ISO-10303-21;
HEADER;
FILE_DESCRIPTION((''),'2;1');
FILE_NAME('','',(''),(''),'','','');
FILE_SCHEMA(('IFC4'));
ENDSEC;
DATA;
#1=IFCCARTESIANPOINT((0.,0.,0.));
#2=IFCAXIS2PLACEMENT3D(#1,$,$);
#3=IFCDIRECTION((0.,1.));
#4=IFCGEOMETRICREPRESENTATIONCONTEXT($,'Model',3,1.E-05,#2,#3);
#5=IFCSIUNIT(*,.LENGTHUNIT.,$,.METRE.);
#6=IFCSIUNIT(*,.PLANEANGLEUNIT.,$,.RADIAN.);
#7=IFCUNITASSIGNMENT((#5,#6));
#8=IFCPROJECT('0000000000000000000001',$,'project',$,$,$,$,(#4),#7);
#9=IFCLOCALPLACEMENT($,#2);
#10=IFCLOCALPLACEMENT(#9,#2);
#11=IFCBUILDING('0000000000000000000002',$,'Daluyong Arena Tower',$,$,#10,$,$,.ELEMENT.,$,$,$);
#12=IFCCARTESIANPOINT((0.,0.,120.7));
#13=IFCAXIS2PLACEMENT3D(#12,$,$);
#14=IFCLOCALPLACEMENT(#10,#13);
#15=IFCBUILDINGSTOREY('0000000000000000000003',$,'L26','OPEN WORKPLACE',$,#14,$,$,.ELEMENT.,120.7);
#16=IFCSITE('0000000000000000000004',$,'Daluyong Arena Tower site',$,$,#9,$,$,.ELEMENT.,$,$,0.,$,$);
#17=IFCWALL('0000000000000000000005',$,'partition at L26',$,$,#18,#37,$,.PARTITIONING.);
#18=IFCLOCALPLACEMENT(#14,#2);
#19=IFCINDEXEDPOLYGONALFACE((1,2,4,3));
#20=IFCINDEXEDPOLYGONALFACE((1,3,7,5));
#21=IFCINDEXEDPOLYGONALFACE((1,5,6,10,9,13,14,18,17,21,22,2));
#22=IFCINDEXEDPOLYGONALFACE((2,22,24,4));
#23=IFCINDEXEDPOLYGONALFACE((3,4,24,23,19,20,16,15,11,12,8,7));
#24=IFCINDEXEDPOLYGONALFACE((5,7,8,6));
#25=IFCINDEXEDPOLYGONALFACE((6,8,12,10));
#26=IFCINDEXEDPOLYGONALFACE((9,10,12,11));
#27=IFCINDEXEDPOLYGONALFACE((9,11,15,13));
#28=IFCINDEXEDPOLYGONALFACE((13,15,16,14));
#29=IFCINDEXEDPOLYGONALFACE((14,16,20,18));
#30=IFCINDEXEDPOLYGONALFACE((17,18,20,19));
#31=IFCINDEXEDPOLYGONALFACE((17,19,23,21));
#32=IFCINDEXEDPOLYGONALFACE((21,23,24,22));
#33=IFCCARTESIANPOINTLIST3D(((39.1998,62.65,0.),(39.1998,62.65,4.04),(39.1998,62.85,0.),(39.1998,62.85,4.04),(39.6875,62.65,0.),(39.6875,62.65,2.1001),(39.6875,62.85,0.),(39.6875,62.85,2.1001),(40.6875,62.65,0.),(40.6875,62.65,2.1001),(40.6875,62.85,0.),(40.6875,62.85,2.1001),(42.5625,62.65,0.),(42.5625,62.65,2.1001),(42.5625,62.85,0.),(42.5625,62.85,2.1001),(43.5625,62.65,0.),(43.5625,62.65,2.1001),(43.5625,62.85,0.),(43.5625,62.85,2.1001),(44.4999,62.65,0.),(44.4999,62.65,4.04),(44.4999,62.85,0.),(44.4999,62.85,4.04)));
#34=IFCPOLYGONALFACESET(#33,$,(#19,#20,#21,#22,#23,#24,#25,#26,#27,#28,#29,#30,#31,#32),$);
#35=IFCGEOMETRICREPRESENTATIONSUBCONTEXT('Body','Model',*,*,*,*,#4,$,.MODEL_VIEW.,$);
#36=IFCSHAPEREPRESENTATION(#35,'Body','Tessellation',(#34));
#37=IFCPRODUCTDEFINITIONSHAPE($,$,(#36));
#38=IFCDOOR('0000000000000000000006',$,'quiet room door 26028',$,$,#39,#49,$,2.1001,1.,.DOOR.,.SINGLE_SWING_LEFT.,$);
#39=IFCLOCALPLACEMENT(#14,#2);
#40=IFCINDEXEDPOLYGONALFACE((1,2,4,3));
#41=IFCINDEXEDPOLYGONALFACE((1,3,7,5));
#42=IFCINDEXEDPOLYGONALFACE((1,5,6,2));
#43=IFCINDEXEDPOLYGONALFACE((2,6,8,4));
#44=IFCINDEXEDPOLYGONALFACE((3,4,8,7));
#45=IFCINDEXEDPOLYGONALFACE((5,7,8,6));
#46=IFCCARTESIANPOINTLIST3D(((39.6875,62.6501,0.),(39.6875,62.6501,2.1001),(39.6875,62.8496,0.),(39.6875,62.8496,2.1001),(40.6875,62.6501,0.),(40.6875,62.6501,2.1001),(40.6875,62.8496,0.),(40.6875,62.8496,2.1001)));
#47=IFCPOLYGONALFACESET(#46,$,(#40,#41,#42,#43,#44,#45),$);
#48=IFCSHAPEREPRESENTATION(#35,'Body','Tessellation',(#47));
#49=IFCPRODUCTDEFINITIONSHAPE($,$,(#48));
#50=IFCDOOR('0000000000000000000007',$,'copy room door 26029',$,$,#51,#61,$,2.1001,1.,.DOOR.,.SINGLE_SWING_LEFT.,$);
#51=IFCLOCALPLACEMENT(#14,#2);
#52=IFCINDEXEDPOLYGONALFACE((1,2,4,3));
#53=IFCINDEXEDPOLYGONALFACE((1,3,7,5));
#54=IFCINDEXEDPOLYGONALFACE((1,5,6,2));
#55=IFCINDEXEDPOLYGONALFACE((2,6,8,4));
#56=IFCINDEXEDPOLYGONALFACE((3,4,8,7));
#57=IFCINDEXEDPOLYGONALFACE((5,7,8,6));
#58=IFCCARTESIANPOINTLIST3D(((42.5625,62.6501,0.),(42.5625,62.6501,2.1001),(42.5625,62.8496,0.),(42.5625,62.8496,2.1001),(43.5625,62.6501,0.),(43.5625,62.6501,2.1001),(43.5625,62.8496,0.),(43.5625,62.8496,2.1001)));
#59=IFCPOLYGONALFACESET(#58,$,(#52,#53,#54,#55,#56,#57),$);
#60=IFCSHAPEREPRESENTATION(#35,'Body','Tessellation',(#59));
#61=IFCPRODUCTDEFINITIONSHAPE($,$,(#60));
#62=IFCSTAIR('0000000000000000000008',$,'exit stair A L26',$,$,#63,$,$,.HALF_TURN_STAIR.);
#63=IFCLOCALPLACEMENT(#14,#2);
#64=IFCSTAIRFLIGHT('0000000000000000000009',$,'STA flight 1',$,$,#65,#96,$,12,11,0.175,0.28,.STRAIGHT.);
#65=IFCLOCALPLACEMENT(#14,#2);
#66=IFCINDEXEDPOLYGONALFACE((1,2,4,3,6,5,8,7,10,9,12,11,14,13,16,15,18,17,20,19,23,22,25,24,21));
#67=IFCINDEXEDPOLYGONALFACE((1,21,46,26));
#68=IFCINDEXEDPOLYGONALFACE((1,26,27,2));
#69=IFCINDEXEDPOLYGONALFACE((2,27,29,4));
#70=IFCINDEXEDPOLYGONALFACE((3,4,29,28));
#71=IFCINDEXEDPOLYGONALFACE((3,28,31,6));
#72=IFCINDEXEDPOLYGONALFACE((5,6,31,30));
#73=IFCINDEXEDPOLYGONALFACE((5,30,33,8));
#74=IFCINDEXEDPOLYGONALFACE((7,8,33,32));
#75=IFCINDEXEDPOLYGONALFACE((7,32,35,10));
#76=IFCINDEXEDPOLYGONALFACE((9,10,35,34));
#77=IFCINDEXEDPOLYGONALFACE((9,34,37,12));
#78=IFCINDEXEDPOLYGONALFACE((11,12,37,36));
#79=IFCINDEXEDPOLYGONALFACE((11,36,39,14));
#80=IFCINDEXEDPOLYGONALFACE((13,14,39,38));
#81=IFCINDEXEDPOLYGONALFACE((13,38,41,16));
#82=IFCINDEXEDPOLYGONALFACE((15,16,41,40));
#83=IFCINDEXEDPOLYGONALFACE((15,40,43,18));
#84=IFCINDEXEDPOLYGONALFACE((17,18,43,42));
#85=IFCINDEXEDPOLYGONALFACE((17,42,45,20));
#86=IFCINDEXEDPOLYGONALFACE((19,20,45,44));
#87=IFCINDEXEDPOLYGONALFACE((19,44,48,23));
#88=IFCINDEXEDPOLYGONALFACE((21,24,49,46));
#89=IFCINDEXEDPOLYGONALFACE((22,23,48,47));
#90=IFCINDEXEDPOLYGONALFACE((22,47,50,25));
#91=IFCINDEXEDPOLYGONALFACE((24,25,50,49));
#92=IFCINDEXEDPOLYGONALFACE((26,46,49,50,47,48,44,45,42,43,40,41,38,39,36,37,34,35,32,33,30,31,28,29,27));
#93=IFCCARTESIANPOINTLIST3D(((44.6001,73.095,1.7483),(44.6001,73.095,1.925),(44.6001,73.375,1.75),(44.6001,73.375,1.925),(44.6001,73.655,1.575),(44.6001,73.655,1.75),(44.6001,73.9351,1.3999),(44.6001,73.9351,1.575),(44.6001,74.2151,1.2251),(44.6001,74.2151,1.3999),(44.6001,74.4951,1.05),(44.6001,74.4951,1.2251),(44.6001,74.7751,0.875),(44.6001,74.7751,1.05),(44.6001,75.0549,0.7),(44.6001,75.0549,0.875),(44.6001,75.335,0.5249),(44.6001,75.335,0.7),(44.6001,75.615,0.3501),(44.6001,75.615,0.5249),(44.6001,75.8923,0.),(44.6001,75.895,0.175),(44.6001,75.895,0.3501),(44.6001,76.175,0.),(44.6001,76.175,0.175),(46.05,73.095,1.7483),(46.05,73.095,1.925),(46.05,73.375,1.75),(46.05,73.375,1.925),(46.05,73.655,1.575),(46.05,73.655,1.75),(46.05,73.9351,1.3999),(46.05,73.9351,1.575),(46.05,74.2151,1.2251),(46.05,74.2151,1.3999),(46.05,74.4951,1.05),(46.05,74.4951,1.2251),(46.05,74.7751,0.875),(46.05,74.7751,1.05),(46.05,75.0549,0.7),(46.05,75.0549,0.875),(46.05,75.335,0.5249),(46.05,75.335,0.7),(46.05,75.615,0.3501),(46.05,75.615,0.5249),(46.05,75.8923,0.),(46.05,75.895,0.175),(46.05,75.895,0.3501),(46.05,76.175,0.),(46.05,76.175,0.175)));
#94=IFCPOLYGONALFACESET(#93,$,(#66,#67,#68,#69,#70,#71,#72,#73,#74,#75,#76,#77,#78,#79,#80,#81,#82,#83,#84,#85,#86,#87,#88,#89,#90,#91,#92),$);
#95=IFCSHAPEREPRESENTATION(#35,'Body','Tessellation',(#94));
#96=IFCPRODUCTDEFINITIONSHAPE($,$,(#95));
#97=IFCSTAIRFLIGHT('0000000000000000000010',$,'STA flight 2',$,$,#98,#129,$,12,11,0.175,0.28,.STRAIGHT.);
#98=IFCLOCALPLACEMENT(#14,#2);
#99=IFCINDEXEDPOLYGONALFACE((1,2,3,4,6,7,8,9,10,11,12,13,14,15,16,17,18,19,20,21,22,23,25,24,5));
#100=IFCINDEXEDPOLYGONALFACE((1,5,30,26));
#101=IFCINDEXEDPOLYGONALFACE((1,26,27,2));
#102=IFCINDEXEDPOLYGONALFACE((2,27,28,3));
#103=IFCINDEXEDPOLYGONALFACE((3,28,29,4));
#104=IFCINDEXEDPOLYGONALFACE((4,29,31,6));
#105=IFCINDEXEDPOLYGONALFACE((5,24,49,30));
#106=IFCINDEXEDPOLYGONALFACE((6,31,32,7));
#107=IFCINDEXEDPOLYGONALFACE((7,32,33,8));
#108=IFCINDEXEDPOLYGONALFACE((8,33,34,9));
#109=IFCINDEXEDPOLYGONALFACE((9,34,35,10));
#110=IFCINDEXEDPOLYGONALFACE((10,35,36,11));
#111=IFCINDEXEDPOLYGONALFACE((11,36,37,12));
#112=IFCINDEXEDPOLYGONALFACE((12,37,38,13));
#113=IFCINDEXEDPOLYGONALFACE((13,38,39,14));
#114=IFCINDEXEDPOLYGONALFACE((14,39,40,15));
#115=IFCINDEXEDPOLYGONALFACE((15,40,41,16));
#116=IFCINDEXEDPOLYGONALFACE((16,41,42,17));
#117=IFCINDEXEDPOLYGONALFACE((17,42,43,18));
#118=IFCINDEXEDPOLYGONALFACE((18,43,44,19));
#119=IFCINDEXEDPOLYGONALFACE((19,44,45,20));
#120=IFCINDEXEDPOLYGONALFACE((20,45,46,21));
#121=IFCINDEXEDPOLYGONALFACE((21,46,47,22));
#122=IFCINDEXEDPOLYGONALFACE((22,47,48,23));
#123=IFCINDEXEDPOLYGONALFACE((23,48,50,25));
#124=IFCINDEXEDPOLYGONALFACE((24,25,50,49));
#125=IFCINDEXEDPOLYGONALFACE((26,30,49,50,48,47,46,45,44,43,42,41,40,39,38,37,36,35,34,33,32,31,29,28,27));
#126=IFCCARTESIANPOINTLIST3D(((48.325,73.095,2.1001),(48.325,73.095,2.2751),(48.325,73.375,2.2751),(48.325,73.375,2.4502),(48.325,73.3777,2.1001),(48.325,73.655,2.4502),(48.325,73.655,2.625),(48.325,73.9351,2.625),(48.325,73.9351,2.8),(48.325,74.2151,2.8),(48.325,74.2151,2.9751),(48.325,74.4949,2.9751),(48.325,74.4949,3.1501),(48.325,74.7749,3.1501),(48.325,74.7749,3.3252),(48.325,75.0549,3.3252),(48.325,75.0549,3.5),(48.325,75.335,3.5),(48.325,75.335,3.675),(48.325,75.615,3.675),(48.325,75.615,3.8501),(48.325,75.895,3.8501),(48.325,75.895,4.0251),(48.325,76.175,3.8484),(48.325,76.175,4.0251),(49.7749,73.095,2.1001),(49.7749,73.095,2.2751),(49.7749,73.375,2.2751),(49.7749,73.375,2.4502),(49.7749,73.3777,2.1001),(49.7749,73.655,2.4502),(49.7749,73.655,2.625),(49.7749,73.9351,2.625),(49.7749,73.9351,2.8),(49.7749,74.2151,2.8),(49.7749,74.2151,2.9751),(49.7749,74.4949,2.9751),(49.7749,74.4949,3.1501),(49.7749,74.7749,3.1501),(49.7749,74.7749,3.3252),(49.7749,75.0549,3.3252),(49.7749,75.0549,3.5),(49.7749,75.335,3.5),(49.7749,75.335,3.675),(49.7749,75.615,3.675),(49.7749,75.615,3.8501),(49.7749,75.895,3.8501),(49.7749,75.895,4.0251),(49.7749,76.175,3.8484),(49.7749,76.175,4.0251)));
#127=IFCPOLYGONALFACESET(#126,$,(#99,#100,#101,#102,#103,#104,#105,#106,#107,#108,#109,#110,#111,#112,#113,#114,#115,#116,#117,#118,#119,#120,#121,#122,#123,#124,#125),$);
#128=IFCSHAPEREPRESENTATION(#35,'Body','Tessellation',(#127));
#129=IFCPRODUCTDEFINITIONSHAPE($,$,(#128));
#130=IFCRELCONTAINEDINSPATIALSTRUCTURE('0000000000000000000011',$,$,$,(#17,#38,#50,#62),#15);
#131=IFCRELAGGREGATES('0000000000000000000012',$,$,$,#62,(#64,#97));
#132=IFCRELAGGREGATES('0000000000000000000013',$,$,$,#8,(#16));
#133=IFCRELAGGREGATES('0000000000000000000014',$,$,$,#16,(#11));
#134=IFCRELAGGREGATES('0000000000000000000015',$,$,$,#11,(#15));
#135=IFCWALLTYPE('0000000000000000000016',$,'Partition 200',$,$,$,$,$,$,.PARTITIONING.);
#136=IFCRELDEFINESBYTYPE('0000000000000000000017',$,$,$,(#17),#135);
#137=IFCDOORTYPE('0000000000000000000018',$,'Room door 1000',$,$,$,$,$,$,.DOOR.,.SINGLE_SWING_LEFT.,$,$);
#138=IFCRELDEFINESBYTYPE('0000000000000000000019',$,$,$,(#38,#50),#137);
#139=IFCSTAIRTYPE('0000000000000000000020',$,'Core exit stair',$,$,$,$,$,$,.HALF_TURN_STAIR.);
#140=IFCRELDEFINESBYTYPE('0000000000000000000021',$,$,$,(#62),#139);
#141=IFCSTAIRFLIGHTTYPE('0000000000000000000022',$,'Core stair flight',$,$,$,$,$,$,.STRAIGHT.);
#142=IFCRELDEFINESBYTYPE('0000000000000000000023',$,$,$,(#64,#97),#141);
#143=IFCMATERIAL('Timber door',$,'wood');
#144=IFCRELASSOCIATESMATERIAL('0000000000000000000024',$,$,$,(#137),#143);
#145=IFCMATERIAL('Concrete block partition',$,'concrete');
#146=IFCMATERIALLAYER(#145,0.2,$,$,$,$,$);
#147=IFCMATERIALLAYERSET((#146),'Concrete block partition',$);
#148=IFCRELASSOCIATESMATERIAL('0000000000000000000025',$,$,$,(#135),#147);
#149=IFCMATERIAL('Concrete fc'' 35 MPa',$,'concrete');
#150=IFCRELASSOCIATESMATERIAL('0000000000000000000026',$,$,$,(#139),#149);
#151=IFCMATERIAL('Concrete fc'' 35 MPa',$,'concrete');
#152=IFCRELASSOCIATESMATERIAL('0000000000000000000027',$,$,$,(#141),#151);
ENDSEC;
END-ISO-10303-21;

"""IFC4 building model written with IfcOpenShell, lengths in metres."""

from ifc_helpers import new_model, si_unit, direction, frame, frame_2d, origin, place, context, subcontext, project, spatial, polyline, rectangle, outline, extrude, material, layer, layer_set, type_object, element, fill, aggregate, save


model = new_model("IFC4")

# Units and contexts
model_context = context("Model", 3, precision=1e-05, world=origin(), true_north=direction((0.0, 1.0)))
body_context = subcontext(model_context, "Body", "Model", "MODEL_VIEW")
ifc_project = project(units=[si_unit("LENGTHUNIT", "METRE"), si_unit("PLANEANGLEUNIT", "RADIAN")], contexts=[model_context])

# Site, building, storey
site_placement = place(None, origin())
site = spatial("IfcSite", under=ifc_project, at=site_placement, Name="Daluyong Arena Tower site", CompositionType="ELEMENT", RefElevation=0.0)
building_placement = place(site_placement, origin())
building = spatial("IfcBuilding", under=site, at=building_placement, Name="Daluyong Arena Tower", CompositionType="ELEMENT")
storey_placement = place(building_placement, frame((0.0, 0.0, 120.7)))
storey = spatial("IfcBuildingStorey", under=building, at=storey_placement, Name="L26", Description="OPEN WORKPLACE", CompositionType="ELEMENT", Elevation=120.7)

# Shared definitions
ifc_material_1 = material(Name="Timber door", Category="wood")
door_type_1 = type_object("IfcDoorType", Name="Room door 1000", OperationType="SINGLE_SWING_LEFT", PredefinedType="DOOR", material=ifc_material_1)

# Wall, openings, doors
ifc_material_2 = material(Name="Concrete block partition", Category="concrete")
ifc_layer_1 = layer(ifc_material_2, 0.2)
ifc_layer_set_1 = layer_set([ifc_layer_1], Name="Concrete block partition")
wall_type_1 = type_object("IfcWallType", Name="Partition 200", PredefinedType="PARTITIONING", material=ifc_layer_set_1)
wall_1_placement = place(storey_placement, frame((39.2, 62.75, 0.0), z_axis=(0.0, 0.0, 1.0), x_axis=(1.0, 0.0, 0.0)))
wall_1 = element("IfcWall", 1, at=wall_1_placement, inside=storey, type_object=wall_type_1, Name="partition at L26", PredefinedType="PARTITIONING", context=body_context, shape_type="SweptSolid", body=[
    extrude(rectangle(XDim=5.3, YDim=0.2, at=frame_2d((2.6499, 0.0))), origin(), (0.0, 0.0, 1.0), 4.04),
])
opening_1_placement = place(wall_1_placement, frame((0.4875, 0.0, 0.0)))
opening_1 = element("IfcOpeningElement", 2, at=opening_1_placement, cuts=wall_1, PredefinedType="OPENING", context=body_context, shape_type="SweptSolid", body=[
    extrude(rectangle(XDim=1.0, YDim=2.1001, at=frame_2d((0.5, 1.05))), frame((0.0, 0.1099, 0.0), z_axis=(0.0, -1.0, 0.0), x_axis=(1.0, 0.0, 0.0)), (0.0, 0.0, 1.0), 0.22),
])
opening_2_placement = place(wall_1_placement, frame((3.3625, 0.0, 0.0)))
opening_2 = element("IfcOpeningElement", 3, at=opening_2_placement, cuts=wall_1, PredefinedType="OPENING", context=body_context, shape_type="SweptSolid", body=[
    extrude(rectangle(XDim=1.0, YDim=2.1001, at=frame_2d((0.5, 1.05))), frame((0.0, 0.1099, 0.0), z_axis=(0.0, -1.0, 0.0), x_axis=(1.0, 0.0, 0.0)), (0.0, 0.0, 1.0), 0.22),
])
door_1_placement = place(opening_1_placement, origin())
door_1 = element("IfcDoor", 4, at=door_1_placement, inside=storey, type_object=door_type_1, Name="quiet room door 26028", OperationType="SINGLE_SWING_LEFT", OverallHeight=2.1001, OverallWidth=1.0, PredefinedType="DOOR", context=body_context, shape_type="SweptSolid", body=[
    extrude(rectangle(XDim=1.0, YDim=2.1001, at=frame_2d((0.5, 1.05))), frame((0.0, 0.0996, 0.0), z_axis=(0.0, -1.0, 0.0), x_axis=(1.0, 0.0, 0.0)), (0.0, 0.0, 1.0), 0.1995),
])
fill(opening_1, door_1)
door_2_placement = place(opening_2_placement, origin())
door_2 = element("IfcDoor", 5, at=door_2_placement, inside=storey, type_object=door_type_1, Name="copy room door 26029", OperationType="SINGLE_SWING_LEFT", OverallHeight=2.1001, OverallWidth=1.0, PredefinedType="DOOR", context=body_context, shape_type="SweptSolid", body=[
    extrude(rectangle(XDim=1.0, YDim=2.1001, at=frame_2d((0.5, 1.05))), frame((0.0, 0.0996, 0.0), z_axis=(0.0, -1.0, 0.0), x_axis=(1.0, 0.0, 0.0)), (0.0, 0.0, 1.0), 0.1995),
])
fill(opening_2, door_2)

# Stair, stair flights
ifc_material_3 = material(Name="Concrete fc' 35 MPa", Category="concrete")
stair_type = type_object("IfcStairType", Name="Core exit stair", PredefinedType="HALF_TURN_STAIR", material=ifc_material_3)
stair_placement = place(storey_placement, origin())
stair = element("IfcStair", 6, at=stair_placement, inside=storey, type_object=stair_type, Name="exit stair A L26", PredefinedType="HALF_TURN_STAIR")
ifc_material_4 = material(Name="Concrete fc' 35 MPa", Category="concrete")
stair_flight_type = type_object("IfcStairFlightType", Name="Core stair flight", PredefinedType="STRAIGHT", material=ifc_material_4)
stair_flight_1_placement = place(storey_placement, frame((45.325, 76.175, 0.0), z_axis=(0.0, 0.0, 1.0), x_axis=(0.0, -1.0, 0.0)))
stair_flight_1 = element("IfcStairFlight", 7, at=stair_flight_1_placement, type_object=stair_flight_type, Name="STA flight 1", NumberOfRisers=12, NumberOfTreads=11, PredefinedType="STRAIGHT", RiserHeight=0.175, TreadLength=0.28, context=body_context, shape_type="SweptSolid", body=[
    extrude(outline(polyline([(0.0, 0.0), (0.0, 0.175), (0.28, 0.175), (0.28, 0.3501), (0.5601, 0.3501), (0.5601, 0.5249), (0.8401, 0.5249), (0.8401, 0.7), (1.1201, 0.7), (1.1201, 0.875), (1.3999, 0.875), (1.3999, 1.05), (1.6799, 1.05), (1.6799, 1.2251), (1.96, 1.2251), (1.96, 1.3999), (2.24, 1.3999), (2.24, 1.575), (2.52, 1.575), (2.52, 1.75), (2.8, 1.75), (2.8, 1.925), (3.0801, 1.925), (3.0801, 2.1001), (3.0801, 1.7483), (0.2827, 0.0), (0.0, 0.0)])), frame((0.0, 0.7251, 0.0), z_axis=(0.0, -1.0, 0.0), x_axis=(1.0, 0.0, 0.0)), (0.0, 0.0, 1.0), 1.45),
])
stair_flight_2_placement = place(storey_placement, frame((49.05, 73.095, 2.1001), z_axis=(0.0, 0.0, 1.0), x_axis=(0.0, 1.0, 0.0)))
stair_flight_2 = element("IfcStairFlight", 8, at=stair_flight_2_placement, type_object=stair_flight_type, Name="STA flight 2", NumberOfRisers=12, NumberOfTreads=11, PredefinedType="STRAIGHT", RiserHeight=0.175, TreadLength=0.28, context=body_context, shape_type="SweptSolid", body=[
    extrude(outline(polyline([(0.0, 0.0), (0.0, 0.175), (0.28, 0.175), (0.28, 0.3501), (0.5601, 0.3501), (0.5601, 0.5249), (0.8401, 0.5249), (0.8401, 0.7), (1.1201, 0.7), (1.1201, 0.875), (1.3999, 0.875), (1.3999, 1.05), (1.6799, 1.05), (1.6799, 1.2251), (1.96, 1.2251), (1.96, 1.3999), (2.24, 1.3999), (2.24, 1.575), (2.52, 1.575), (2.52, 1.75), (2.8, 1.75), (2.8, 1.925), (3.0801, 1.925), (3.0801, 2.1001), (3.0801, 1.7483), (0.2827, 0.0), (0.0, 0.0)])), frame((0.0, 0.7251, 0.0), z_axis=(0.0, -1.0, 0.0), x_axis=(1.0, 0.0, 0.0)), (0.0, 0.0, 1.0), 1.45),
])
aggregate(stair, [stair_flight_1, stair_flight_2])

save(model, "model.ifc")
